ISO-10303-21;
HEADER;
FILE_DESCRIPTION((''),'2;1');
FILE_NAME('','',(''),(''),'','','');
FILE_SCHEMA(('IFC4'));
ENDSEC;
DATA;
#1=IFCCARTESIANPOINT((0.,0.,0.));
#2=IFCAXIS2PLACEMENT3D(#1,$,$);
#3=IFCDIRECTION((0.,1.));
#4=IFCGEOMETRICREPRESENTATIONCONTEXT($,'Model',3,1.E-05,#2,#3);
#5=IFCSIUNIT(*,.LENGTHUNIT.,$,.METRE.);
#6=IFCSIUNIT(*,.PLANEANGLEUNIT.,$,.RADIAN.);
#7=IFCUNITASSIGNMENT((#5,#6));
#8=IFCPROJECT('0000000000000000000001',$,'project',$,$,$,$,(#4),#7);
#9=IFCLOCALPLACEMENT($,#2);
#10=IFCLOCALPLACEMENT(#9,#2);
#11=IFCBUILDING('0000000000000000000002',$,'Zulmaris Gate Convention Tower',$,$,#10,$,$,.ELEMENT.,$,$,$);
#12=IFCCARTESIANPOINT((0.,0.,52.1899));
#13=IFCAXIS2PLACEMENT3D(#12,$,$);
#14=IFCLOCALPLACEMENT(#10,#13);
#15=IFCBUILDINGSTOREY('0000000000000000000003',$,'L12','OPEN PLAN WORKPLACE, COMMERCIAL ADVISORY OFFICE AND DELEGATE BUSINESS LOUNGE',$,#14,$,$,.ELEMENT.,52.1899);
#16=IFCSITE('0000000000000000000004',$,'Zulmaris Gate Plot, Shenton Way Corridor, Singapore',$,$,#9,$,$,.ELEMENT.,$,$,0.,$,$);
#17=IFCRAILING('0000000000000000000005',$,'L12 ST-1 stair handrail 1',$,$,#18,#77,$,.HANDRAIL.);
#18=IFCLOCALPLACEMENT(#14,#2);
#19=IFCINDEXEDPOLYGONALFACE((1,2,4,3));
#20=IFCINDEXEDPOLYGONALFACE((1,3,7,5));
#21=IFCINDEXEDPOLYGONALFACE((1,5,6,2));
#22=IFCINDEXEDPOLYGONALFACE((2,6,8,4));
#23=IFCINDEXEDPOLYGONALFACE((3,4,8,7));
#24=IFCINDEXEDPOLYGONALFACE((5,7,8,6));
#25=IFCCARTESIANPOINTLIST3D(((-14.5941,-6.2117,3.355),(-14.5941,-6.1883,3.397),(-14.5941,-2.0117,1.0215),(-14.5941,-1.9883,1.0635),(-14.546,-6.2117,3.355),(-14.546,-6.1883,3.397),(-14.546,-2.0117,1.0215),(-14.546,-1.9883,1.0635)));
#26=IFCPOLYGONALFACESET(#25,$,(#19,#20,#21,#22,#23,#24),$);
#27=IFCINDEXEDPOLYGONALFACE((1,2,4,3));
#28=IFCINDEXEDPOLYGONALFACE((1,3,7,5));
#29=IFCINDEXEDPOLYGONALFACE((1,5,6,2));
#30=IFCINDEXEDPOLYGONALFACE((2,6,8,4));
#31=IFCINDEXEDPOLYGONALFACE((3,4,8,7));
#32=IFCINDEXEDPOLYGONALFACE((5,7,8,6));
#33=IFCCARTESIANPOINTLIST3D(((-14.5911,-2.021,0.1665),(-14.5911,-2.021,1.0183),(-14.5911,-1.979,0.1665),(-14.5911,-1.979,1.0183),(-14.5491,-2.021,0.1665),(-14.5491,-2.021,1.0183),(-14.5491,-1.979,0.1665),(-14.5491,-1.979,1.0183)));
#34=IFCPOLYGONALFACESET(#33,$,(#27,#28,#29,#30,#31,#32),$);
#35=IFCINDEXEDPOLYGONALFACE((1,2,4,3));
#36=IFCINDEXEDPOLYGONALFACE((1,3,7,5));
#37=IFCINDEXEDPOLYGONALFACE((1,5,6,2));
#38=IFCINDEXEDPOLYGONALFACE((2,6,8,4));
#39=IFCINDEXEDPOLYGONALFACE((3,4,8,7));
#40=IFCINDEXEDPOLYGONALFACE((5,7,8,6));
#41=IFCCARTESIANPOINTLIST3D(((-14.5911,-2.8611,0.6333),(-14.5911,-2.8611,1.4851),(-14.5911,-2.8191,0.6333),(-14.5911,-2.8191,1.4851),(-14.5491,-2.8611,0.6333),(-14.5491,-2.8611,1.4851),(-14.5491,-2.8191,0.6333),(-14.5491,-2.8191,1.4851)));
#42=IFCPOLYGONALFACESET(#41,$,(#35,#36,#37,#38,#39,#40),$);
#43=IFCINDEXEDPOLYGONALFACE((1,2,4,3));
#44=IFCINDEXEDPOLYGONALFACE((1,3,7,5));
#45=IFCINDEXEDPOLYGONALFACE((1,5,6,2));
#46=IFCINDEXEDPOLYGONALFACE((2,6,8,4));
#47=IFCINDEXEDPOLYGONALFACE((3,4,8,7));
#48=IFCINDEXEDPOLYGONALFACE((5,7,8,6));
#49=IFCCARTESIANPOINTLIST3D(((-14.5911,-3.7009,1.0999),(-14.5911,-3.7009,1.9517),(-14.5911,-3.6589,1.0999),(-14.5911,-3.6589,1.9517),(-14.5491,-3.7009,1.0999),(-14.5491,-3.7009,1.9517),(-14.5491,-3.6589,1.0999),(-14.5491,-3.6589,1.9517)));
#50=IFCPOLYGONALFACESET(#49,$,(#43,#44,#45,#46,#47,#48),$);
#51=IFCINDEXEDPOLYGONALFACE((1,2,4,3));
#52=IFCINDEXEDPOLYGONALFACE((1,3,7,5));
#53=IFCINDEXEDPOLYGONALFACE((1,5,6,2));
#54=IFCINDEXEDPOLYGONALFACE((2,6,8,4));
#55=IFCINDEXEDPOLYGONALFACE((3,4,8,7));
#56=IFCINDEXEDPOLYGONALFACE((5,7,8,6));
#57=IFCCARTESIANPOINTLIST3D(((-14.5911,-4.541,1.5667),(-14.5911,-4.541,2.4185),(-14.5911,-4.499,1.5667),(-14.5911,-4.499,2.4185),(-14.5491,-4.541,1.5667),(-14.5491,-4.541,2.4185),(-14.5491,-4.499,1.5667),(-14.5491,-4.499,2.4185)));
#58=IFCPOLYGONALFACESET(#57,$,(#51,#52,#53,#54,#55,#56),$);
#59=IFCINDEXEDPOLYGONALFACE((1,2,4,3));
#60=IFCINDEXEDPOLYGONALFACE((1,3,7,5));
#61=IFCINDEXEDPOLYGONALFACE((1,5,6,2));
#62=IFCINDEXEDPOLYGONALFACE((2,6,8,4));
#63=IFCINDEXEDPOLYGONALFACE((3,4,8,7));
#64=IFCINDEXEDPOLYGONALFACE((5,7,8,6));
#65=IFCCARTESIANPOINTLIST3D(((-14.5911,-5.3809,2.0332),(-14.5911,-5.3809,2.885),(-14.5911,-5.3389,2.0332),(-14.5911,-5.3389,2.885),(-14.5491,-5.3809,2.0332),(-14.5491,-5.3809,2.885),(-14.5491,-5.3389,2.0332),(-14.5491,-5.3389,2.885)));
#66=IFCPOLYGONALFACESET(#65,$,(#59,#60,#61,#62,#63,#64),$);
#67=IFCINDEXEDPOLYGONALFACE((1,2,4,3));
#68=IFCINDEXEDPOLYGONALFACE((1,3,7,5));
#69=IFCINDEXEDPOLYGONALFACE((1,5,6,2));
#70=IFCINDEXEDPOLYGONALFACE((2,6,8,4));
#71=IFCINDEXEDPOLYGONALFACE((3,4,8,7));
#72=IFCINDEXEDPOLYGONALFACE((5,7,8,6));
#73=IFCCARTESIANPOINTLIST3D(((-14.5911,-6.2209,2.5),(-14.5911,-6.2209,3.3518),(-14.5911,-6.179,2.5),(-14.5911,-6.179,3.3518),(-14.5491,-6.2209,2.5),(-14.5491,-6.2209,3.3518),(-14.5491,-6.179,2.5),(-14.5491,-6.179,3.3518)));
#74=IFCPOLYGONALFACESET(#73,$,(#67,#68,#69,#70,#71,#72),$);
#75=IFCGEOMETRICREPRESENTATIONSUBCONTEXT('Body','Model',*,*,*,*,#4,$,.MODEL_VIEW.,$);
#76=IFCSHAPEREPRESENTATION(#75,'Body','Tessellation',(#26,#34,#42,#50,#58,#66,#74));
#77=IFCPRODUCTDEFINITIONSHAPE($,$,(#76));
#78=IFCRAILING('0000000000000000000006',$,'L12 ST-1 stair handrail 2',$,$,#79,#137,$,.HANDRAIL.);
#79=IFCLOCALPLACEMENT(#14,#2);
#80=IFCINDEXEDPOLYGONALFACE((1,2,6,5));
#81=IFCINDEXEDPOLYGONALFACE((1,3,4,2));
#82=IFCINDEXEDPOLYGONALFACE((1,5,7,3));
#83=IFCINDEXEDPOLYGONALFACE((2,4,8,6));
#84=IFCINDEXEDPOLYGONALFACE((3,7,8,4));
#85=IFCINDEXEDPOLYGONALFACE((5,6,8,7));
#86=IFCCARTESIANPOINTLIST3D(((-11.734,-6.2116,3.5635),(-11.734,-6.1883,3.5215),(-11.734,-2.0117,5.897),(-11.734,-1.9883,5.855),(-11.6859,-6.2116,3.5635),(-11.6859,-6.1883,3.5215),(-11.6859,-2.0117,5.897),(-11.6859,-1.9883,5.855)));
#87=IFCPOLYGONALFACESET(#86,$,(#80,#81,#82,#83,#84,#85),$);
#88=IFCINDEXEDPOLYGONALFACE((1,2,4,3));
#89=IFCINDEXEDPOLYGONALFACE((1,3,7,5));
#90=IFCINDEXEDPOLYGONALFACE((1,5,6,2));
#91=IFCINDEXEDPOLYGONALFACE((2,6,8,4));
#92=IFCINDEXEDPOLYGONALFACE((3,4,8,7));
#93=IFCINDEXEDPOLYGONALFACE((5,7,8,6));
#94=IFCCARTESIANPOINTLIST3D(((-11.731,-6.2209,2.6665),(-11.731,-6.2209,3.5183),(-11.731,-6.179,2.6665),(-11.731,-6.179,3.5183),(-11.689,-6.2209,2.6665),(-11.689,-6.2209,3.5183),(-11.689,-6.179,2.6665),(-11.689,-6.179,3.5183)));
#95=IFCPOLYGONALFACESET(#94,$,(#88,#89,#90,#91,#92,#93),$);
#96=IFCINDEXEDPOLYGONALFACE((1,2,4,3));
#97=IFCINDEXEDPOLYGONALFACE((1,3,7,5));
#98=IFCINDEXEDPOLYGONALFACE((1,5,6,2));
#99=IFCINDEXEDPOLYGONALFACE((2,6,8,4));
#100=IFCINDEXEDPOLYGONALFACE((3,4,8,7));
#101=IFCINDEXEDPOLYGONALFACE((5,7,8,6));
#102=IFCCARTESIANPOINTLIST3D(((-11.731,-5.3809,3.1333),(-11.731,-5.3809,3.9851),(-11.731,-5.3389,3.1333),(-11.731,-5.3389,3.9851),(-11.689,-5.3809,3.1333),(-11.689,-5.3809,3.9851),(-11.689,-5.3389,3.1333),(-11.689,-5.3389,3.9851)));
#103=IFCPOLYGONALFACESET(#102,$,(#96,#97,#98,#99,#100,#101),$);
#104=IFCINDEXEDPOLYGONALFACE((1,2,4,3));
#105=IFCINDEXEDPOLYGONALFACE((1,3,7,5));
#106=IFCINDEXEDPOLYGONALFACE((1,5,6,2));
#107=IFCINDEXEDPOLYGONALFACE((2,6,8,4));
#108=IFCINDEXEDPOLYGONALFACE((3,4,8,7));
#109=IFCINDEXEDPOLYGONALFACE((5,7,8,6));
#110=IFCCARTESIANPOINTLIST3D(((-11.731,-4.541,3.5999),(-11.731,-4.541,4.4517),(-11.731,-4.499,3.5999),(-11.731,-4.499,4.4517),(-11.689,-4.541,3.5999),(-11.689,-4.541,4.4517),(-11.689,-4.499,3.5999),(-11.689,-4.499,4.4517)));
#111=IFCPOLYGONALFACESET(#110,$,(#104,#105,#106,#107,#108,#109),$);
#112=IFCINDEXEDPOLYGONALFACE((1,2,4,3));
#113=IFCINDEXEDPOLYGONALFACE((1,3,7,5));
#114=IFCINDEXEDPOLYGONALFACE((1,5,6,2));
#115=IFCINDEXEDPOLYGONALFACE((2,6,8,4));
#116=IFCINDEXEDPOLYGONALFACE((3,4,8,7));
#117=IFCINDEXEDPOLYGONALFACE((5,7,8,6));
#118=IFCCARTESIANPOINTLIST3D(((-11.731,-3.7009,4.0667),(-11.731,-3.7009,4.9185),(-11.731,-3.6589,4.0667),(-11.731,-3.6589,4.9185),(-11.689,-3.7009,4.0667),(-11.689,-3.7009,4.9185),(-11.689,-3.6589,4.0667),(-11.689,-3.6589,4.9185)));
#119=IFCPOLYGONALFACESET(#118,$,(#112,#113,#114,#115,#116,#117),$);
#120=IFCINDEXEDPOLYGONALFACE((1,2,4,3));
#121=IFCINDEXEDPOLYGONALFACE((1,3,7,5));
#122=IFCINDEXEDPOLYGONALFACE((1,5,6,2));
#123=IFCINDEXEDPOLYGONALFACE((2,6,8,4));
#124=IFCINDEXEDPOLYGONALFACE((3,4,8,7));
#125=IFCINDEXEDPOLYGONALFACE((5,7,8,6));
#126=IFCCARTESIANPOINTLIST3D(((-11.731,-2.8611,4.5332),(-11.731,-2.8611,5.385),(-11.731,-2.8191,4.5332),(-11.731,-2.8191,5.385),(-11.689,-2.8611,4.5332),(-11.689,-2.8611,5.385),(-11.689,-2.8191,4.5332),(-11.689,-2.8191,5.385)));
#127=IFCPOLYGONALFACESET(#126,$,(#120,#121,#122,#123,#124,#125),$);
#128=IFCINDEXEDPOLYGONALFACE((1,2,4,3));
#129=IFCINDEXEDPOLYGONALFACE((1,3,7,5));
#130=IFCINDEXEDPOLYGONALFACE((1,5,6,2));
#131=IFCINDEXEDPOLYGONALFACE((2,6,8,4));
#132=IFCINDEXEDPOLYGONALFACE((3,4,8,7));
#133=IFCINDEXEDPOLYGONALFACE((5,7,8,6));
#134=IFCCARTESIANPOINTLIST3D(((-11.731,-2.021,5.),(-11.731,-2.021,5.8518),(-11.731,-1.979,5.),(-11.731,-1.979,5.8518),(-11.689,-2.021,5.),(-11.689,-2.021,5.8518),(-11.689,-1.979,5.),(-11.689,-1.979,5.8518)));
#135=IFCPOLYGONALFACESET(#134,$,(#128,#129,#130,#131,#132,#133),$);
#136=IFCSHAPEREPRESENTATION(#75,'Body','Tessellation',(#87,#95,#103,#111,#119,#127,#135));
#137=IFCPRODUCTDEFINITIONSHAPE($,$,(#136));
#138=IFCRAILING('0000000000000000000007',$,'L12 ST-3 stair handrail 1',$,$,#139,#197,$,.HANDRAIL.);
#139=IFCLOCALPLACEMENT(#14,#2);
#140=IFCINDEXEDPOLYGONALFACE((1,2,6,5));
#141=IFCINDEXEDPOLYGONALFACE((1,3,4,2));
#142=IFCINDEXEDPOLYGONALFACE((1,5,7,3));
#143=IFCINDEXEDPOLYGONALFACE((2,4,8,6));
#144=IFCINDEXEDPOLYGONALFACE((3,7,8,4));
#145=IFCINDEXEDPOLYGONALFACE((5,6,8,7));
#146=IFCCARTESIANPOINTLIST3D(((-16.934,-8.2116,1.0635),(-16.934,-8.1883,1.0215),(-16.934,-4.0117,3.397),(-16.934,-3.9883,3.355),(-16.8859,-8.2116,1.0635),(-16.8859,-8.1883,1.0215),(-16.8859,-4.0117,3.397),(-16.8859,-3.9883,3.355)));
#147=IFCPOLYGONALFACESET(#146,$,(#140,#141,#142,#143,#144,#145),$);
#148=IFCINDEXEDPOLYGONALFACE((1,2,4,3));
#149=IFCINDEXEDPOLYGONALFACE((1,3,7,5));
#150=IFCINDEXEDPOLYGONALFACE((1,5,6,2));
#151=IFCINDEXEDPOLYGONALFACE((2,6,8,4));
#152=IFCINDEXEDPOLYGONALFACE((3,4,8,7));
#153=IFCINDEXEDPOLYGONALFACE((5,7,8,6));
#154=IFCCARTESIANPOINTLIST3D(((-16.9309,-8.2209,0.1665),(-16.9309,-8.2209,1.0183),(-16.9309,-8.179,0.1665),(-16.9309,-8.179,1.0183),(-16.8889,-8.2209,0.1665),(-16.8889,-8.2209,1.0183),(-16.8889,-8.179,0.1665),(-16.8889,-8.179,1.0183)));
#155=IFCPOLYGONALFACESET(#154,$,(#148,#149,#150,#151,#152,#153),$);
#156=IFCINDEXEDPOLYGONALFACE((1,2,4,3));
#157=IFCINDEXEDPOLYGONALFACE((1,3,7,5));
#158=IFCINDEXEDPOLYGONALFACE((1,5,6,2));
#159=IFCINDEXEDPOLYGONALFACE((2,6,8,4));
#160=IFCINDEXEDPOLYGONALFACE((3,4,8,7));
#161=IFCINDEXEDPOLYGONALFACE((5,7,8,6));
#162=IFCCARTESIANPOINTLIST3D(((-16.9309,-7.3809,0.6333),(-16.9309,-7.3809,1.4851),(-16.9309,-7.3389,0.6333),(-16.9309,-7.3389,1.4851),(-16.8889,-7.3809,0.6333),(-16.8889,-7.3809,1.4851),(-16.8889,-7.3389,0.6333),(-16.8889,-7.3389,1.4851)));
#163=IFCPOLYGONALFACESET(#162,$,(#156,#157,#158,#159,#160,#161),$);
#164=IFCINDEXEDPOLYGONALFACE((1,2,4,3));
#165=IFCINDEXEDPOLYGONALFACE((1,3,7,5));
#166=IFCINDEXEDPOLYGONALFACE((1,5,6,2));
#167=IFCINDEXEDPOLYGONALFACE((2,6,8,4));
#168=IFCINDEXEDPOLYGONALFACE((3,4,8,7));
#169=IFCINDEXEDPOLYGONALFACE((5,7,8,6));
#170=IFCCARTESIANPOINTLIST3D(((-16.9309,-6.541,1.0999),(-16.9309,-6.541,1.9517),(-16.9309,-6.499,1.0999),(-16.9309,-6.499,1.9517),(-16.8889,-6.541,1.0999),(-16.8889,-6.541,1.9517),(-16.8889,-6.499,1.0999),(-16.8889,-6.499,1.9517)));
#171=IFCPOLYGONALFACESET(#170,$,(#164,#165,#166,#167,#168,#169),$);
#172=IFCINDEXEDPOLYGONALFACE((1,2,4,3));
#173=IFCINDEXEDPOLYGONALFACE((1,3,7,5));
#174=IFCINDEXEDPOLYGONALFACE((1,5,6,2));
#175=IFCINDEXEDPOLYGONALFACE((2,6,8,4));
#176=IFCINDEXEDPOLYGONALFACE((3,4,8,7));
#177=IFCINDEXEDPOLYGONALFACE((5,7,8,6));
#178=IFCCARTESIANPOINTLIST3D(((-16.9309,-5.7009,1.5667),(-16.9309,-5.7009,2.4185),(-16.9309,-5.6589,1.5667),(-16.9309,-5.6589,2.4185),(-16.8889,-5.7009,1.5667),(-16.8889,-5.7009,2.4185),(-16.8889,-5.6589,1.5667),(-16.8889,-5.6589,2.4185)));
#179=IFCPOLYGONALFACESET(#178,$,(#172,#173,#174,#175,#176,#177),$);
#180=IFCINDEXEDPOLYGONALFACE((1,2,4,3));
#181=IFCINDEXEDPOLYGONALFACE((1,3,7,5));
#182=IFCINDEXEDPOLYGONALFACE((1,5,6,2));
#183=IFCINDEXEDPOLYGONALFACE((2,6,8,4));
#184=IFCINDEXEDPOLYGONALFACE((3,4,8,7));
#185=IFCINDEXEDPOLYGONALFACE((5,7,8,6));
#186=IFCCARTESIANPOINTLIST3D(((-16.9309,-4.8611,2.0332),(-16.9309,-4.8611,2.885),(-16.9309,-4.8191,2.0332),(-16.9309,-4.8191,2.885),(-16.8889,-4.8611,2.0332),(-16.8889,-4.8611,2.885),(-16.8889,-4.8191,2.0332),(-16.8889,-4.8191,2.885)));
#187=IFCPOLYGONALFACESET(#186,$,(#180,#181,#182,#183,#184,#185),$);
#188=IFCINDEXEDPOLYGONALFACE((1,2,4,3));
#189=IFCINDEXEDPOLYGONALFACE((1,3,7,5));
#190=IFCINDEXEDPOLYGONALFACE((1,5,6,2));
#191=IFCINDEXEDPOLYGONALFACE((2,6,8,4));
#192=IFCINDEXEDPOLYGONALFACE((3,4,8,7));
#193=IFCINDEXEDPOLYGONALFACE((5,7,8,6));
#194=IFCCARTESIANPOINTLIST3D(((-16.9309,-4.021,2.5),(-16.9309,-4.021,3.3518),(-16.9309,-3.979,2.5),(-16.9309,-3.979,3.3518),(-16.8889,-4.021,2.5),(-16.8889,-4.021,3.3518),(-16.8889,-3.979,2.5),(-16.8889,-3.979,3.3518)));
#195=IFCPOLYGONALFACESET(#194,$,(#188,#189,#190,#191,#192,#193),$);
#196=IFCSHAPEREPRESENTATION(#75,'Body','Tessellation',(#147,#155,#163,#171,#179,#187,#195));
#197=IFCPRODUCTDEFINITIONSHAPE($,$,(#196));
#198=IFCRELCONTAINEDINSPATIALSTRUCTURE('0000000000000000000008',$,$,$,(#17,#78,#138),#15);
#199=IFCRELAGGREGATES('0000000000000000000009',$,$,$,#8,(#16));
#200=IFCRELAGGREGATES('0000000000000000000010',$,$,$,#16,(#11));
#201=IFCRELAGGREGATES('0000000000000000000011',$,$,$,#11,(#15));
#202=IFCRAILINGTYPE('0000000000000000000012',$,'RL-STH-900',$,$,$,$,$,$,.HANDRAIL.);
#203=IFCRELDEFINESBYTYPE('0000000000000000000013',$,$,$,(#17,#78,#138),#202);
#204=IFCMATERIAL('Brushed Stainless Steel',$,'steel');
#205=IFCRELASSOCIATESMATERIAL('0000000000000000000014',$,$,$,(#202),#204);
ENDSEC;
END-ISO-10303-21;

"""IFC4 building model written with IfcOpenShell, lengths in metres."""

from ifc_helpers import new_model, si_unit, direction, frame, origin, origin_2d, place, context, subcontext, project, spatial, rectangle, extrude, material, type_object, element, save


model = new_model("IFC4")

# Units and contexts
model_context = context("Model", 3, precision=1e-05, world=origin(), true_north=direction((0.0, 1.0)))
body_context = subcontext(model_context, "Body", "Model", "MODEL_VIEW")
ifc_project = project(units=[si_unit("LENGTHUNIT", "METRE"), si_unit("PLANEANGLEUNIT", "RADIAN")], contexts=[model_context])

# Site, building, storey
site_placement = place(None, origin())
site = spatial("IfcSite", under=ifc_project, at=site_placement, Name="Zulmaris Gate Plot, Shenton Way Corridor, Singapore", CompositionType="ELEMENT", RefElevation=0.0)
building_placement = place(site_placement, origin())
building = spatial("IfcBuilding", under=site, at=building_placement, Name="Zulmaris Gate Convention Tower", CompositionType="ELEMENT")
storey_placement = place(building_placement, frame((0.0, 0.0, 52.1899)))
storey = spatial("IfcBuildingStorey", under=building, at=storey_placement, Name="L12", Description="OPEN PLAN WORKPLACE, COMMERCIAL ADVISORY OFFICE AND DELEGATE BUSINESS LOUNGE", CompositionType="ELEMENT", Elevation=52.1899)

# Shared definitions
ifc_material_1 = material(Name="Brushed Stainless Steel", Category="steel")

# Railings
railing_type_1 = type_object("IfcRailingType", Name="RL-STH-900", PredefinedType="HANDRAIL", material=ifc_material_1)
railing_1_placement = place(storey_placement, frame((-14.5701, -2.0, 0.1665)))
element("IfcRailing", 1, at=railing_1_placement, inside=storey, type_object=railing_type_1, Name="L12 ST-1 stair handrail 1", PredefinedType="HANDRAIL", context=body_context, shape_type="SweptSolid", body=[
    extrude(rectangle(XDim=0.0481, YDim=0.0481, at=origin_2d()), frame((0.0, 0.0, 0.876), z_axis=(0.0, -0.87414, 0.485673), x_axis=(1.0, 0.0, 0.0)), (0.0, 0.0, 1.0), 4.8047),
    extrude(rectangle(XDim=0.042, YDim=0.042, at=origin_2d()), origin(), (0.0, 0.0, 1.0), 0.8518),
    extrude(rectangle(XDim=0.042, YDim=0.042, at=origin_2d()), frame((0.0, -0.8401, 0.4668)), (0.0, 0.0, 1.0), 0.8518),
    extrude(rectangle(XDim=0.042, YDim=0.042, at=origin_2d()), frame((0.0, -1.6799, 0.9333)), (0.0, 0.0, 1.0), 0.8518),
    extrude(rectangle(XDim=0.042, YDim=0.042, at=origin_2d()), frame((0.0, -2.52, 1.4001)), (0.0, 0.0, 1.0), 0.8518),
    extrude(rectangle(XDim=0.042, YDim=0.042, at=origin_2d()), frame((0.0, -3.3599, 1.8667)), (0.0, 0.0, 1.0), 0.8518),
    extrude(rectangle(XDim=0.042, YDim=0.042, at=origin_2d()), frame((0.0, -4.2, 2.3335)), (0.0, 0.0, 1.0), 0.8518),
])
for number, where, name in (
    (2, (-11.71, -6.2, 2.6665), "L12 ST-1 stair handrail 2"),
    (3, (-16.9099, -8.2, 0.1665), "L12 ST-3 stair handrail 1"),
):
    element("IfcRailing", number, at=place(storey_placement, frame(where)), inside=storey, type_object=railing_type_1, Name=name, PredefinedType="HANDRAIL", context=body_context, shape_type="SweptSolid", body=[
        extrude(rectangle(XDim=0.0481, YDim=0.0481, at=origin_2d()), frame((0.0, 0.0, 0.876), z_axis=(0.0, 0.87414, 0.485673), x_axis=(-1.0, 0.0, 0.0)), (0.0, 0.0, 1.0), 4.8047),
        extrude(rectangle(XDim=0.042, YDim=0.042, at=origin_2d()), origin(), (0.0, 0.0, 1.0), 0.8518),
        extrude(rectangle(XDim=0.042, YDim=0.042, at=origin_2d()), frame((0.0, 0.8401, 0.4668)), (0.0, 0.0, 1.0), 0.8518),
        extrude(rectangle(XDim=0.042, YDim=0.042, at=origin_2d()), frame((0.0, 1.6799, 0.9333)), (0.0, 0.0, 1.0), 0.8518),
        extrude(rectangle(XDim=0.042, YDim=0.042, at=origin_2d()), frame((0.0, 2.52, 1.4001)), (0.0, 0.0, 1.0), 0.8518),
        extrude(rectangle(XDim=0.042, YDim=0.042, at=origin_2d()), frame((0.0, 3.3599, 1.8667)), (0.0, 0.0, 1.0), 0.8518),
        extrude(rectangle(XDim=0.042, YDim=0.042, at=origin_2d()), frame((0.0, 4.2, 2.3335)), (0.0, 0.0, 1.0), 0.8518),
    ])

save(model, "model.ifc")
